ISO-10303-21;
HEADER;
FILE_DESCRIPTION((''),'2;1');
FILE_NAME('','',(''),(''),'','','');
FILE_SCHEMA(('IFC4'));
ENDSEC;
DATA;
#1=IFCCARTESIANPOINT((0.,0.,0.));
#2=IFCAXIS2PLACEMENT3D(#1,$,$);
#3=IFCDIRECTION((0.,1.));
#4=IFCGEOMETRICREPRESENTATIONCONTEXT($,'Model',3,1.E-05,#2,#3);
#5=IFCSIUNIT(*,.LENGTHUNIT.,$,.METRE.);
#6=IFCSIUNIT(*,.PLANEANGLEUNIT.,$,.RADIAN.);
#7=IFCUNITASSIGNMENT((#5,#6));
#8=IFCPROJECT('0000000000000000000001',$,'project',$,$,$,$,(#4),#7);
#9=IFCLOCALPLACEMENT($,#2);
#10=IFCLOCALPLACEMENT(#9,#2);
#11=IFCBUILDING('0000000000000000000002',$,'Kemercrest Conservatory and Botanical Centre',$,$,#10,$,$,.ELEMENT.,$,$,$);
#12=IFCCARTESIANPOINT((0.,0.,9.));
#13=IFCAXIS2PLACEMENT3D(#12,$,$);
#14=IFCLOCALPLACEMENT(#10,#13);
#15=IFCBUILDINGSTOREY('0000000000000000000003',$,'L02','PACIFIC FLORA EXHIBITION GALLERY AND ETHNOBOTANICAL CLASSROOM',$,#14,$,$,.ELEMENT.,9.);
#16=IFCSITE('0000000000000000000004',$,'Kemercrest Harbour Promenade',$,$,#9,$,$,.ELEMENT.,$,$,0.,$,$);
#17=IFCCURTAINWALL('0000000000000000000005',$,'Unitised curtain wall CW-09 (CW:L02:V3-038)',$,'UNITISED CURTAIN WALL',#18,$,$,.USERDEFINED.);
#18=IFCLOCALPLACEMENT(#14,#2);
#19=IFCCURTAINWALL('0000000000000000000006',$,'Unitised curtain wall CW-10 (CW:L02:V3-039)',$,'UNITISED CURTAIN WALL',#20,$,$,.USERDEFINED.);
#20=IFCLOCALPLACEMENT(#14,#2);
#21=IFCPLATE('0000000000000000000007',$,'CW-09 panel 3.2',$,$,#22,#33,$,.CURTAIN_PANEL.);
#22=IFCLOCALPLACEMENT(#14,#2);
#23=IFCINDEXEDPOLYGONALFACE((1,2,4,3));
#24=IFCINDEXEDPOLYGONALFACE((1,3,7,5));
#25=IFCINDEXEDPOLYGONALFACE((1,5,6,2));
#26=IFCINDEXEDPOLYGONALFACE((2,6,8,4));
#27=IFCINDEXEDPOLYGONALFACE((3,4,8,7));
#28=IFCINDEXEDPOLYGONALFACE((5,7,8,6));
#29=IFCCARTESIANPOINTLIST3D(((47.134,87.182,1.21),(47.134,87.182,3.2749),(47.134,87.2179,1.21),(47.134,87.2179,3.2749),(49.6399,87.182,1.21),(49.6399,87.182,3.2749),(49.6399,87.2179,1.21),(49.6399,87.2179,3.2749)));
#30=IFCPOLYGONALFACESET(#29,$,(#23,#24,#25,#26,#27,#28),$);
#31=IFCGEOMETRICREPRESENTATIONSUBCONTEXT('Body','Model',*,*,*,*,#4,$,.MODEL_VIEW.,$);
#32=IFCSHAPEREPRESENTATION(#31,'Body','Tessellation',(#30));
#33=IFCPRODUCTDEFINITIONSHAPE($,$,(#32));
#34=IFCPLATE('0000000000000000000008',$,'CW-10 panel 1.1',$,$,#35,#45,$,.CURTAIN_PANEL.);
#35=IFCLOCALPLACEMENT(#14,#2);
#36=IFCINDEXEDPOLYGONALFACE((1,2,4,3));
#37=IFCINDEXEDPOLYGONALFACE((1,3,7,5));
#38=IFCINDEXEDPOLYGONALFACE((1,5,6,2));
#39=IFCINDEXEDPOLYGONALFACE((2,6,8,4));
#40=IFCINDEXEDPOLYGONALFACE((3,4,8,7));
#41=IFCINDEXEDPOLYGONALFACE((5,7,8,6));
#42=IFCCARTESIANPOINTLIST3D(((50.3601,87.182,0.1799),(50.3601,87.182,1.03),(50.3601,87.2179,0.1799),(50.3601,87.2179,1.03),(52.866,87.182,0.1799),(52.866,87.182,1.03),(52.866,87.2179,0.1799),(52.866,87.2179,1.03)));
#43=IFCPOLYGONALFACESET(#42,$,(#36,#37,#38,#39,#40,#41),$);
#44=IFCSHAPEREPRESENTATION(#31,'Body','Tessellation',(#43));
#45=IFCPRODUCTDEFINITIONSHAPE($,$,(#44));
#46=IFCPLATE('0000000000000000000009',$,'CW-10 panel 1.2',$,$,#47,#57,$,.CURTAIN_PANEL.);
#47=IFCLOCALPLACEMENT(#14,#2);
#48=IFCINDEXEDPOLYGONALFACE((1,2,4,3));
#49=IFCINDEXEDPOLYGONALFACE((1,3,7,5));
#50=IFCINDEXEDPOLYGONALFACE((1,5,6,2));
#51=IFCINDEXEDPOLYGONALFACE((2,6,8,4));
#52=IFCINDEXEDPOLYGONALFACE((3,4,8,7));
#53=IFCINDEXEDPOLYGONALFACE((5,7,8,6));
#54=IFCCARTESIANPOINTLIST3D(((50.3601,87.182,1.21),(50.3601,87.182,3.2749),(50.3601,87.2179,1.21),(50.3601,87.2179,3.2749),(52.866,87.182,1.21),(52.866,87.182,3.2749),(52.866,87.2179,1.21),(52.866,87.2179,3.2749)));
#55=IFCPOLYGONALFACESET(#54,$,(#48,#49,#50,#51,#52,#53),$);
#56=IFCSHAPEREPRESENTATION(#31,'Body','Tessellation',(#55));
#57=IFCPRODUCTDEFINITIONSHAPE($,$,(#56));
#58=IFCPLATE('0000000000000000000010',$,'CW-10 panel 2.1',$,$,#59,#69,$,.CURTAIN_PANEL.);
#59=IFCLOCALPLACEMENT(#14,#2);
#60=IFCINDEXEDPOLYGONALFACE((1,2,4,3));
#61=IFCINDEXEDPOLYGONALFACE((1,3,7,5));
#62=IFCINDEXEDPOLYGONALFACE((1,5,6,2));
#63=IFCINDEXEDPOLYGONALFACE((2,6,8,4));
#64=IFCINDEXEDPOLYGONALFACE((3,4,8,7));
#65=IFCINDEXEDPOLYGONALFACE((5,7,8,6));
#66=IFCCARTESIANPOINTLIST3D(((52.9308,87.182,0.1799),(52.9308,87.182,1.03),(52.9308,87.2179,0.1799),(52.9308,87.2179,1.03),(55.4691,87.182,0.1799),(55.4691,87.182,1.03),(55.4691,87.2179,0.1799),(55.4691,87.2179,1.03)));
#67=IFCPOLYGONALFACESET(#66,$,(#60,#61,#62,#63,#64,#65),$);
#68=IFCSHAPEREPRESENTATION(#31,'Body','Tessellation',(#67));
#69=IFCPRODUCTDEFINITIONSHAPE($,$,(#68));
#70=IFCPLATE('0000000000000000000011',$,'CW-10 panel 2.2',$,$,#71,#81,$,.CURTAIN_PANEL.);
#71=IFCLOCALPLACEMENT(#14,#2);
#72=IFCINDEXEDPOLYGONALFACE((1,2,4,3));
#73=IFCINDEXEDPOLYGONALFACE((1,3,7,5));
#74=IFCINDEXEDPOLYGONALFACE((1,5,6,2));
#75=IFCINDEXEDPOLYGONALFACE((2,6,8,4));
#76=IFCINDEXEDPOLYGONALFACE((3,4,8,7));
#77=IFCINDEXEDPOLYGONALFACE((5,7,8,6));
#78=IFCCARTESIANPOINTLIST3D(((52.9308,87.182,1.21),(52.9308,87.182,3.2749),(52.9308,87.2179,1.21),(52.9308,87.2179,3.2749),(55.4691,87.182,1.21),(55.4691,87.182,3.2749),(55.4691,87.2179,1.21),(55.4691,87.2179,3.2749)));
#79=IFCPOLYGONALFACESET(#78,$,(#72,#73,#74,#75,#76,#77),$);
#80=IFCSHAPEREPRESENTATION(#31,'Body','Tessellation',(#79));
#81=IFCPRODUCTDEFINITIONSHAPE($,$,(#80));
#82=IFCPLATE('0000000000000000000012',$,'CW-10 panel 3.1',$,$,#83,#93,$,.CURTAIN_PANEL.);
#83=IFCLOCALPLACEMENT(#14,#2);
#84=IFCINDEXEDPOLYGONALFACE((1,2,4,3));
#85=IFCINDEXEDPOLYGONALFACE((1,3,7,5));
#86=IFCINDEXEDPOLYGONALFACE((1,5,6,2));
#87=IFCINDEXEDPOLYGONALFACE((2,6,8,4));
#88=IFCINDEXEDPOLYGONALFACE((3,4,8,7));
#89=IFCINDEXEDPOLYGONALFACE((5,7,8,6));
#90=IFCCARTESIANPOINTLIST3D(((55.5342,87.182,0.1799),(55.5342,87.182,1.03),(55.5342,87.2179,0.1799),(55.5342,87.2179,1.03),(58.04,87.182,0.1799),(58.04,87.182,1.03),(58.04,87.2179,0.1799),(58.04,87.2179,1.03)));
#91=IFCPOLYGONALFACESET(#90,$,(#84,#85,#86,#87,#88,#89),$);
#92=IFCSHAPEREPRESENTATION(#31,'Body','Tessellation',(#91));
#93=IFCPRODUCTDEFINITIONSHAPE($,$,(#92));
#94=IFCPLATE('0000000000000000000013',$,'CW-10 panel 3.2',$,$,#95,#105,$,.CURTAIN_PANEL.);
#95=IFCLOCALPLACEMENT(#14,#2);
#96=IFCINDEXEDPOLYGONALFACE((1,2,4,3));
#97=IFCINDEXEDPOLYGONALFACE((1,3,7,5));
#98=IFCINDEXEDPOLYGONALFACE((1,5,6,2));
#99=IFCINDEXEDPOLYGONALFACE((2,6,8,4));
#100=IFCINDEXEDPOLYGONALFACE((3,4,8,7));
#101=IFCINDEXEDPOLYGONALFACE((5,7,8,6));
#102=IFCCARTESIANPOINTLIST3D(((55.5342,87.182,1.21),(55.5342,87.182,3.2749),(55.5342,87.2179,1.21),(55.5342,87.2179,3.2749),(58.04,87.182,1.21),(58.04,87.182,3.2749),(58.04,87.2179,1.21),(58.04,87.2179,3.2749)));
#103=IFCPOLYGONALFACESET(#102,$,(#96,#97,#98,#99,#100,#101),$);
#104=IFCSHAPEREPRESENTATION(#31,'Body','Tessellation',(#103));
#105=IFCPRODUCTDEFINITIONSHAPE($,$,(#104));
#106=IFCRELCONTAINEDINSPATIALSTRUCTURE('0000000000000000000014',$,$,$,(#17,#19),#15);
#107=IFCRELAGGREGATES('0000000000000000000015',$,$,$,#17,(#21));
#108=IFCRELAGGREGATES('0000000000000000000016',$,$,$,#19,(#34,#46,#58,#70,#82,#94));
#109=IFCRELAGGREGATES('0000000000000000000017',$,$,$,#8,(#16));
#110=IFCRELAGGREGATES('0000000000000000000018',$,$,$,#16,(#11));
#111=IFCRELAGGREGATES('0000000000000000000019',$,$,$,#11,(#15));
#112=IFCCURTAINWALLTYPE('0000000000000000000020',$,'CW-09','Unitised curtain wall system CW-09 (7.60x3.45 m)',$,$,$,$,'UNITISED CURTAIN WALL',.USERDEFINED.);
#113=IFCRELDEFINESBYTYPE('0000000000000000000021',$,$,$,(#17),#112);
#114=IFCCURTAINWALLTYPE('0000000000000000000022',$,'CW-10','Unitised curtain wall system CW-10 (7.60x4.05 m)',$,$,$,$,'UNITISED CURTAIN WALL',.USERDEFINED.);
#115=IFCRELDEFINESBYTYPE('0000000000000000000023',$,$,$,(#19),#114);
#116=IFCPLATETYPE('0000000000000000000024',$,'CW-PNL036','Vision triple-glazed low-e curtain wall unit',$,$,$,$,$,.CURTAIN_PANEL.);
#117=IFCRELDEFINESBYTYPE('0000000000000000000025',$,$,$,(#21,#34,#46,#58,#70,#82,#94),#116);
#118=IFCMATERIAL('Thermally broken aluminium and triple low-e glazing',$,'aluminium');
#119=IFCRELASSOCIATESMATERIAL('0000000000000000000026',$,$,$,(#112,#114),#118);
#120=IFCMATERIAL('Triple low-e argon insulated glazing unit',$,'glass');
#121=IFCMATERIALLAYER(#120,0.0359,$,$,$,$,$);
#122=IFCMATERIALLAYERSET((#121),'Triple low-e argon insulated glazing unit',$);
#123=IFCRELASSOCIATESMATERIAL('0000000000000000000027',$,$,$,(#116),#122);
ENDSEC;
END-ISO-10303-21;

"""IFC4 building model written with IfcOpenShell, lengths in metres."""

from ifc_helpers import new_model, si_unit, direction, frame, origin, origin_2d, place, context, subcontext, project, spatial, rectangle, extrude, material, layer, layer_set, type_object, element, aggregate, save


model = new_model("IFC4")

# Units and contexts
model_context = context("Model", 3, precision=1e-05, world=origin(), true_north=direction((0.0, 1.0)))
body_context = subcontext(model_context, "Body", "Model", "MODEL_VIEW")
ifc_project = project(units=[si_unit("LENGTHUNIT", "METRE"), si_unit("PLANEANGLEUNIT", "RADIAN")], contexts=[model_context])

# Site, building, storey
site_placement = place(None, origin())
site = spatial("IfcSite", under=ifc_project, at=site_placement, Name="Kemercrest Harbour Promenade", CompositionType="ELEMENT", RefElevation=0.0)
building_placement = place(site_placement, origin())
building = spatial("IfcBuilding", under=site, at=building_placement, Name="Kemercrest Conservatory and Botanical Centre", CompositionType="ELEMENT")
storey_placement = place(building_placement, frame((0.0, 0.0, 9.0)))
storey = spatial("IfcBuildingStorey", under=building, at=storey_placement, Name="L02", Description="PACIFIC FLORA EXHIBITION GALLERY AND ETHNOBOTANICAL CLASSROOM", CompositionType="ELEMENT", Elevation=9.0)

# Curtain wall
ifc_material_1 = material(Name="Thermally broken aluminium and triple low-e glazing", Category="aluminium")
curtain_wall_type_1 = type_object("IfcCurtainWallType", Name="CW-09", Description="Unitised curtain wall system CW-09 (7.60x3.45 m)", ElementType="UNITISED CURTAIN WALL", PredefinedType="USERDEFINED", material=ifc_material_1)
curtain_wall_1_placement = place(storey_placement, origin())
curtain_wall_1 = element("IfcCurtainWall", 1, at=curtain_wall_1_placement, inside=storey, type_object=curtain_wall_type_1, Name="Unitised curtain wall CW-09 (CW:L02:V3-038)", ObjectType="UNITISED CURTAIN WALL", PredefinedType="USERDEFINED")

# Curtain wall
curtain_wall_type_2 = type_object("IfcCurtainWallType", Name="CW-10", Description="Unitised curtain wall system CW-10 (7.60x4.05 m)", ElementType="UNITISED CURTAIN WALL", PredefinedType="USERDEFINED", material=ifc_material_1)
curtain_wall_2_placement = place(storey_placement, origin())
curtain_wall_2 = element("IfcCurtainWall", 2, at=curtain_wall_2_placement, inside=storey, type_object=curtain_wall_type_2, Name="Unitised curtain wall CW-10 (CW:L02:V3-039)", ObjectType="UNITISED CURTAIN WALL", PredefinedType="USERDEFINED")

# Plates
ifc_material_2 = material(Name="Triple low-e argon insulated glazing unit", Category="glass")
ifc_layer = layer(ifc_material_2, 0.0359)
ifc_layer_set = layer_set([ifc_layer], Name="Triple low-e argon insulated glazing unit")
plate_type = type_object("IfcPlateType", Name="CW-PNL036", Description="Vision triple-glazed low-e curtain wall unit", PredefinedType="CURTAIN_PANEL", material=ifc_layer_set)
plate_1_placement = place(storey_placement, frame((48.387, 87.2, 1.21), z_axis=(0.0, 0.0, 1.0), x_axis=(1.0, 0.0, 0.0)))
plate_1 = element("IfcPlate", 3, at=plate_1_placement, type_object=plate_type, Name="CW-09 panel 3.2", PredefinedType="CURTAIN_PANEL", context=body_context, shape_type="SweptSolid", body=[
    extrude(rectangle(XDim=2.5059, YDim=0.0359, at=origin_2d()), origin(), (0.0, 0.0, 1.0), 2.0649),
])
aggregate(curtain_wall_1, [plate_1])
plate_2_placement = place(storey_placement, frame((51.613, 87.2, 0.1799), z_axis=(0.0, 0.0, 1.0), x_axis=(1.0, 0.0, 0.0)))
plate_2 = element("IfcPlate", 4, at=plate_2_placement, type_object=plate_type, Name="CW-10 panel 1.1", PredefinedType="CURTAIN_PANEL", context=body_context, shape_type="SweptSolid", body=[
    extrude(rectangle(XDim=2.5059, YDim=0.0359, at=origin_2d()), origin(), (0.0, 0.0, 1.0), 0.8501),
])
plate_3_placement = place(storey_placement, frame((51.613, 87.2, 1.21), z_axis=(0.0, 0.0, 1.0), x_axis=(1.0, 0.0, 0.0)))
plate_3 = element("IfcPlate", 5, at=plate_3_placement, type_object=plate_type, Name="CW-10 panel 1.2", PredefinedType="CURTAIN_PANEL", context=body_context, shape_type="SweptSolid", body=[
    extrude(rectangle(XDim=2.5059, YDim=0.0359, at=origin_2d()), origin(), (0.0, 0.0, 1.0), 2.0649),
])
plate_4_placement = place(storey_placement, frame((54.2, 87.2, 0.1799), z_axis=(0.0, 0.0, 1.0), x_axis=(1.0, 0.0, 0.0)))
plate_4 = element("IfcPlate", 6, at=plate_4_placement, type_object=plate_type, Name="CW-10 panel 2.1", PredefinedType="CURTAIN_PANEL", context=body_context, shape_type="SweptSolid", body=[
    extrude(rectangle(XDim=2.5383, YDim=0.0359, at=origin_2d()), origin(), (0.0, 0.0, 1.0), 0.8501),
])
plate_5_placement = place(storey_placement, frame((54.2, 87.2, 1.21), z_axis=(0.0, 0.0, 1.0), x_axis=(1.0, 0.0, 0.0)))
plate_5 = element("IfcPlate", 7, at=plate_5_placement, type_object=plate_type, Name="CW-10 panel 2.2", PredefinedType="CURTAIN_PANEL", context=body_context, shape_type="SweptSolid", body=[
    extrude(rectangle(XDim=2.5383, YDim=0.0359, at=origin_2d()), origin(), (0.0, 0.0, 1.0), 2.0649),
])
plate_6_placement = place(storey_placement, frame((56.7871, 87.2, 0.1799), z_axis=(0.0, 0.0, 1.0), x_axis=(1.0, 0.0, 0.0)))
plate_6 = element("IfcPlate", 8, at=plate_6_placement, type_object=plate_type, Name="CW-10 panel 3.1", PredefinedType="CURTAIN_PANEL", context=body_context, shape_type="SweptSolid", body=[
    extrude(rectangle(XDim=2.5059, YDim=0.0359, at=origin_2d()), origin(), (0.0, 0.0, 1.0), 0.8501),
])
plate_7_placement = place(storey_placement, frame((56.7871, 87.2, 1.21), z_axis=(0.0, 0.0, 1.0), x_axis=(1.0, 0.0, 0.0)))
plate_7 = element("IfcPlate", 9, at=plate_7_placement, type_object=plate_type, Name="CW-10 panel 3.2", PredefinedType="CURTAIN_PANEL", context=body_context, shape_type="SweptSolid", body=[
    extrude(rectangle(XDim=2.5059, YDim=0.0359, at=origin_2d()), origin(), (0.0, 0.0, 1.0), 2.0649),
])
aggregate(curtain_wall_2, [plate_2, plate_3, plate_4, plate_5, plate_6, plate_7])

save(model, "model.ifc")
